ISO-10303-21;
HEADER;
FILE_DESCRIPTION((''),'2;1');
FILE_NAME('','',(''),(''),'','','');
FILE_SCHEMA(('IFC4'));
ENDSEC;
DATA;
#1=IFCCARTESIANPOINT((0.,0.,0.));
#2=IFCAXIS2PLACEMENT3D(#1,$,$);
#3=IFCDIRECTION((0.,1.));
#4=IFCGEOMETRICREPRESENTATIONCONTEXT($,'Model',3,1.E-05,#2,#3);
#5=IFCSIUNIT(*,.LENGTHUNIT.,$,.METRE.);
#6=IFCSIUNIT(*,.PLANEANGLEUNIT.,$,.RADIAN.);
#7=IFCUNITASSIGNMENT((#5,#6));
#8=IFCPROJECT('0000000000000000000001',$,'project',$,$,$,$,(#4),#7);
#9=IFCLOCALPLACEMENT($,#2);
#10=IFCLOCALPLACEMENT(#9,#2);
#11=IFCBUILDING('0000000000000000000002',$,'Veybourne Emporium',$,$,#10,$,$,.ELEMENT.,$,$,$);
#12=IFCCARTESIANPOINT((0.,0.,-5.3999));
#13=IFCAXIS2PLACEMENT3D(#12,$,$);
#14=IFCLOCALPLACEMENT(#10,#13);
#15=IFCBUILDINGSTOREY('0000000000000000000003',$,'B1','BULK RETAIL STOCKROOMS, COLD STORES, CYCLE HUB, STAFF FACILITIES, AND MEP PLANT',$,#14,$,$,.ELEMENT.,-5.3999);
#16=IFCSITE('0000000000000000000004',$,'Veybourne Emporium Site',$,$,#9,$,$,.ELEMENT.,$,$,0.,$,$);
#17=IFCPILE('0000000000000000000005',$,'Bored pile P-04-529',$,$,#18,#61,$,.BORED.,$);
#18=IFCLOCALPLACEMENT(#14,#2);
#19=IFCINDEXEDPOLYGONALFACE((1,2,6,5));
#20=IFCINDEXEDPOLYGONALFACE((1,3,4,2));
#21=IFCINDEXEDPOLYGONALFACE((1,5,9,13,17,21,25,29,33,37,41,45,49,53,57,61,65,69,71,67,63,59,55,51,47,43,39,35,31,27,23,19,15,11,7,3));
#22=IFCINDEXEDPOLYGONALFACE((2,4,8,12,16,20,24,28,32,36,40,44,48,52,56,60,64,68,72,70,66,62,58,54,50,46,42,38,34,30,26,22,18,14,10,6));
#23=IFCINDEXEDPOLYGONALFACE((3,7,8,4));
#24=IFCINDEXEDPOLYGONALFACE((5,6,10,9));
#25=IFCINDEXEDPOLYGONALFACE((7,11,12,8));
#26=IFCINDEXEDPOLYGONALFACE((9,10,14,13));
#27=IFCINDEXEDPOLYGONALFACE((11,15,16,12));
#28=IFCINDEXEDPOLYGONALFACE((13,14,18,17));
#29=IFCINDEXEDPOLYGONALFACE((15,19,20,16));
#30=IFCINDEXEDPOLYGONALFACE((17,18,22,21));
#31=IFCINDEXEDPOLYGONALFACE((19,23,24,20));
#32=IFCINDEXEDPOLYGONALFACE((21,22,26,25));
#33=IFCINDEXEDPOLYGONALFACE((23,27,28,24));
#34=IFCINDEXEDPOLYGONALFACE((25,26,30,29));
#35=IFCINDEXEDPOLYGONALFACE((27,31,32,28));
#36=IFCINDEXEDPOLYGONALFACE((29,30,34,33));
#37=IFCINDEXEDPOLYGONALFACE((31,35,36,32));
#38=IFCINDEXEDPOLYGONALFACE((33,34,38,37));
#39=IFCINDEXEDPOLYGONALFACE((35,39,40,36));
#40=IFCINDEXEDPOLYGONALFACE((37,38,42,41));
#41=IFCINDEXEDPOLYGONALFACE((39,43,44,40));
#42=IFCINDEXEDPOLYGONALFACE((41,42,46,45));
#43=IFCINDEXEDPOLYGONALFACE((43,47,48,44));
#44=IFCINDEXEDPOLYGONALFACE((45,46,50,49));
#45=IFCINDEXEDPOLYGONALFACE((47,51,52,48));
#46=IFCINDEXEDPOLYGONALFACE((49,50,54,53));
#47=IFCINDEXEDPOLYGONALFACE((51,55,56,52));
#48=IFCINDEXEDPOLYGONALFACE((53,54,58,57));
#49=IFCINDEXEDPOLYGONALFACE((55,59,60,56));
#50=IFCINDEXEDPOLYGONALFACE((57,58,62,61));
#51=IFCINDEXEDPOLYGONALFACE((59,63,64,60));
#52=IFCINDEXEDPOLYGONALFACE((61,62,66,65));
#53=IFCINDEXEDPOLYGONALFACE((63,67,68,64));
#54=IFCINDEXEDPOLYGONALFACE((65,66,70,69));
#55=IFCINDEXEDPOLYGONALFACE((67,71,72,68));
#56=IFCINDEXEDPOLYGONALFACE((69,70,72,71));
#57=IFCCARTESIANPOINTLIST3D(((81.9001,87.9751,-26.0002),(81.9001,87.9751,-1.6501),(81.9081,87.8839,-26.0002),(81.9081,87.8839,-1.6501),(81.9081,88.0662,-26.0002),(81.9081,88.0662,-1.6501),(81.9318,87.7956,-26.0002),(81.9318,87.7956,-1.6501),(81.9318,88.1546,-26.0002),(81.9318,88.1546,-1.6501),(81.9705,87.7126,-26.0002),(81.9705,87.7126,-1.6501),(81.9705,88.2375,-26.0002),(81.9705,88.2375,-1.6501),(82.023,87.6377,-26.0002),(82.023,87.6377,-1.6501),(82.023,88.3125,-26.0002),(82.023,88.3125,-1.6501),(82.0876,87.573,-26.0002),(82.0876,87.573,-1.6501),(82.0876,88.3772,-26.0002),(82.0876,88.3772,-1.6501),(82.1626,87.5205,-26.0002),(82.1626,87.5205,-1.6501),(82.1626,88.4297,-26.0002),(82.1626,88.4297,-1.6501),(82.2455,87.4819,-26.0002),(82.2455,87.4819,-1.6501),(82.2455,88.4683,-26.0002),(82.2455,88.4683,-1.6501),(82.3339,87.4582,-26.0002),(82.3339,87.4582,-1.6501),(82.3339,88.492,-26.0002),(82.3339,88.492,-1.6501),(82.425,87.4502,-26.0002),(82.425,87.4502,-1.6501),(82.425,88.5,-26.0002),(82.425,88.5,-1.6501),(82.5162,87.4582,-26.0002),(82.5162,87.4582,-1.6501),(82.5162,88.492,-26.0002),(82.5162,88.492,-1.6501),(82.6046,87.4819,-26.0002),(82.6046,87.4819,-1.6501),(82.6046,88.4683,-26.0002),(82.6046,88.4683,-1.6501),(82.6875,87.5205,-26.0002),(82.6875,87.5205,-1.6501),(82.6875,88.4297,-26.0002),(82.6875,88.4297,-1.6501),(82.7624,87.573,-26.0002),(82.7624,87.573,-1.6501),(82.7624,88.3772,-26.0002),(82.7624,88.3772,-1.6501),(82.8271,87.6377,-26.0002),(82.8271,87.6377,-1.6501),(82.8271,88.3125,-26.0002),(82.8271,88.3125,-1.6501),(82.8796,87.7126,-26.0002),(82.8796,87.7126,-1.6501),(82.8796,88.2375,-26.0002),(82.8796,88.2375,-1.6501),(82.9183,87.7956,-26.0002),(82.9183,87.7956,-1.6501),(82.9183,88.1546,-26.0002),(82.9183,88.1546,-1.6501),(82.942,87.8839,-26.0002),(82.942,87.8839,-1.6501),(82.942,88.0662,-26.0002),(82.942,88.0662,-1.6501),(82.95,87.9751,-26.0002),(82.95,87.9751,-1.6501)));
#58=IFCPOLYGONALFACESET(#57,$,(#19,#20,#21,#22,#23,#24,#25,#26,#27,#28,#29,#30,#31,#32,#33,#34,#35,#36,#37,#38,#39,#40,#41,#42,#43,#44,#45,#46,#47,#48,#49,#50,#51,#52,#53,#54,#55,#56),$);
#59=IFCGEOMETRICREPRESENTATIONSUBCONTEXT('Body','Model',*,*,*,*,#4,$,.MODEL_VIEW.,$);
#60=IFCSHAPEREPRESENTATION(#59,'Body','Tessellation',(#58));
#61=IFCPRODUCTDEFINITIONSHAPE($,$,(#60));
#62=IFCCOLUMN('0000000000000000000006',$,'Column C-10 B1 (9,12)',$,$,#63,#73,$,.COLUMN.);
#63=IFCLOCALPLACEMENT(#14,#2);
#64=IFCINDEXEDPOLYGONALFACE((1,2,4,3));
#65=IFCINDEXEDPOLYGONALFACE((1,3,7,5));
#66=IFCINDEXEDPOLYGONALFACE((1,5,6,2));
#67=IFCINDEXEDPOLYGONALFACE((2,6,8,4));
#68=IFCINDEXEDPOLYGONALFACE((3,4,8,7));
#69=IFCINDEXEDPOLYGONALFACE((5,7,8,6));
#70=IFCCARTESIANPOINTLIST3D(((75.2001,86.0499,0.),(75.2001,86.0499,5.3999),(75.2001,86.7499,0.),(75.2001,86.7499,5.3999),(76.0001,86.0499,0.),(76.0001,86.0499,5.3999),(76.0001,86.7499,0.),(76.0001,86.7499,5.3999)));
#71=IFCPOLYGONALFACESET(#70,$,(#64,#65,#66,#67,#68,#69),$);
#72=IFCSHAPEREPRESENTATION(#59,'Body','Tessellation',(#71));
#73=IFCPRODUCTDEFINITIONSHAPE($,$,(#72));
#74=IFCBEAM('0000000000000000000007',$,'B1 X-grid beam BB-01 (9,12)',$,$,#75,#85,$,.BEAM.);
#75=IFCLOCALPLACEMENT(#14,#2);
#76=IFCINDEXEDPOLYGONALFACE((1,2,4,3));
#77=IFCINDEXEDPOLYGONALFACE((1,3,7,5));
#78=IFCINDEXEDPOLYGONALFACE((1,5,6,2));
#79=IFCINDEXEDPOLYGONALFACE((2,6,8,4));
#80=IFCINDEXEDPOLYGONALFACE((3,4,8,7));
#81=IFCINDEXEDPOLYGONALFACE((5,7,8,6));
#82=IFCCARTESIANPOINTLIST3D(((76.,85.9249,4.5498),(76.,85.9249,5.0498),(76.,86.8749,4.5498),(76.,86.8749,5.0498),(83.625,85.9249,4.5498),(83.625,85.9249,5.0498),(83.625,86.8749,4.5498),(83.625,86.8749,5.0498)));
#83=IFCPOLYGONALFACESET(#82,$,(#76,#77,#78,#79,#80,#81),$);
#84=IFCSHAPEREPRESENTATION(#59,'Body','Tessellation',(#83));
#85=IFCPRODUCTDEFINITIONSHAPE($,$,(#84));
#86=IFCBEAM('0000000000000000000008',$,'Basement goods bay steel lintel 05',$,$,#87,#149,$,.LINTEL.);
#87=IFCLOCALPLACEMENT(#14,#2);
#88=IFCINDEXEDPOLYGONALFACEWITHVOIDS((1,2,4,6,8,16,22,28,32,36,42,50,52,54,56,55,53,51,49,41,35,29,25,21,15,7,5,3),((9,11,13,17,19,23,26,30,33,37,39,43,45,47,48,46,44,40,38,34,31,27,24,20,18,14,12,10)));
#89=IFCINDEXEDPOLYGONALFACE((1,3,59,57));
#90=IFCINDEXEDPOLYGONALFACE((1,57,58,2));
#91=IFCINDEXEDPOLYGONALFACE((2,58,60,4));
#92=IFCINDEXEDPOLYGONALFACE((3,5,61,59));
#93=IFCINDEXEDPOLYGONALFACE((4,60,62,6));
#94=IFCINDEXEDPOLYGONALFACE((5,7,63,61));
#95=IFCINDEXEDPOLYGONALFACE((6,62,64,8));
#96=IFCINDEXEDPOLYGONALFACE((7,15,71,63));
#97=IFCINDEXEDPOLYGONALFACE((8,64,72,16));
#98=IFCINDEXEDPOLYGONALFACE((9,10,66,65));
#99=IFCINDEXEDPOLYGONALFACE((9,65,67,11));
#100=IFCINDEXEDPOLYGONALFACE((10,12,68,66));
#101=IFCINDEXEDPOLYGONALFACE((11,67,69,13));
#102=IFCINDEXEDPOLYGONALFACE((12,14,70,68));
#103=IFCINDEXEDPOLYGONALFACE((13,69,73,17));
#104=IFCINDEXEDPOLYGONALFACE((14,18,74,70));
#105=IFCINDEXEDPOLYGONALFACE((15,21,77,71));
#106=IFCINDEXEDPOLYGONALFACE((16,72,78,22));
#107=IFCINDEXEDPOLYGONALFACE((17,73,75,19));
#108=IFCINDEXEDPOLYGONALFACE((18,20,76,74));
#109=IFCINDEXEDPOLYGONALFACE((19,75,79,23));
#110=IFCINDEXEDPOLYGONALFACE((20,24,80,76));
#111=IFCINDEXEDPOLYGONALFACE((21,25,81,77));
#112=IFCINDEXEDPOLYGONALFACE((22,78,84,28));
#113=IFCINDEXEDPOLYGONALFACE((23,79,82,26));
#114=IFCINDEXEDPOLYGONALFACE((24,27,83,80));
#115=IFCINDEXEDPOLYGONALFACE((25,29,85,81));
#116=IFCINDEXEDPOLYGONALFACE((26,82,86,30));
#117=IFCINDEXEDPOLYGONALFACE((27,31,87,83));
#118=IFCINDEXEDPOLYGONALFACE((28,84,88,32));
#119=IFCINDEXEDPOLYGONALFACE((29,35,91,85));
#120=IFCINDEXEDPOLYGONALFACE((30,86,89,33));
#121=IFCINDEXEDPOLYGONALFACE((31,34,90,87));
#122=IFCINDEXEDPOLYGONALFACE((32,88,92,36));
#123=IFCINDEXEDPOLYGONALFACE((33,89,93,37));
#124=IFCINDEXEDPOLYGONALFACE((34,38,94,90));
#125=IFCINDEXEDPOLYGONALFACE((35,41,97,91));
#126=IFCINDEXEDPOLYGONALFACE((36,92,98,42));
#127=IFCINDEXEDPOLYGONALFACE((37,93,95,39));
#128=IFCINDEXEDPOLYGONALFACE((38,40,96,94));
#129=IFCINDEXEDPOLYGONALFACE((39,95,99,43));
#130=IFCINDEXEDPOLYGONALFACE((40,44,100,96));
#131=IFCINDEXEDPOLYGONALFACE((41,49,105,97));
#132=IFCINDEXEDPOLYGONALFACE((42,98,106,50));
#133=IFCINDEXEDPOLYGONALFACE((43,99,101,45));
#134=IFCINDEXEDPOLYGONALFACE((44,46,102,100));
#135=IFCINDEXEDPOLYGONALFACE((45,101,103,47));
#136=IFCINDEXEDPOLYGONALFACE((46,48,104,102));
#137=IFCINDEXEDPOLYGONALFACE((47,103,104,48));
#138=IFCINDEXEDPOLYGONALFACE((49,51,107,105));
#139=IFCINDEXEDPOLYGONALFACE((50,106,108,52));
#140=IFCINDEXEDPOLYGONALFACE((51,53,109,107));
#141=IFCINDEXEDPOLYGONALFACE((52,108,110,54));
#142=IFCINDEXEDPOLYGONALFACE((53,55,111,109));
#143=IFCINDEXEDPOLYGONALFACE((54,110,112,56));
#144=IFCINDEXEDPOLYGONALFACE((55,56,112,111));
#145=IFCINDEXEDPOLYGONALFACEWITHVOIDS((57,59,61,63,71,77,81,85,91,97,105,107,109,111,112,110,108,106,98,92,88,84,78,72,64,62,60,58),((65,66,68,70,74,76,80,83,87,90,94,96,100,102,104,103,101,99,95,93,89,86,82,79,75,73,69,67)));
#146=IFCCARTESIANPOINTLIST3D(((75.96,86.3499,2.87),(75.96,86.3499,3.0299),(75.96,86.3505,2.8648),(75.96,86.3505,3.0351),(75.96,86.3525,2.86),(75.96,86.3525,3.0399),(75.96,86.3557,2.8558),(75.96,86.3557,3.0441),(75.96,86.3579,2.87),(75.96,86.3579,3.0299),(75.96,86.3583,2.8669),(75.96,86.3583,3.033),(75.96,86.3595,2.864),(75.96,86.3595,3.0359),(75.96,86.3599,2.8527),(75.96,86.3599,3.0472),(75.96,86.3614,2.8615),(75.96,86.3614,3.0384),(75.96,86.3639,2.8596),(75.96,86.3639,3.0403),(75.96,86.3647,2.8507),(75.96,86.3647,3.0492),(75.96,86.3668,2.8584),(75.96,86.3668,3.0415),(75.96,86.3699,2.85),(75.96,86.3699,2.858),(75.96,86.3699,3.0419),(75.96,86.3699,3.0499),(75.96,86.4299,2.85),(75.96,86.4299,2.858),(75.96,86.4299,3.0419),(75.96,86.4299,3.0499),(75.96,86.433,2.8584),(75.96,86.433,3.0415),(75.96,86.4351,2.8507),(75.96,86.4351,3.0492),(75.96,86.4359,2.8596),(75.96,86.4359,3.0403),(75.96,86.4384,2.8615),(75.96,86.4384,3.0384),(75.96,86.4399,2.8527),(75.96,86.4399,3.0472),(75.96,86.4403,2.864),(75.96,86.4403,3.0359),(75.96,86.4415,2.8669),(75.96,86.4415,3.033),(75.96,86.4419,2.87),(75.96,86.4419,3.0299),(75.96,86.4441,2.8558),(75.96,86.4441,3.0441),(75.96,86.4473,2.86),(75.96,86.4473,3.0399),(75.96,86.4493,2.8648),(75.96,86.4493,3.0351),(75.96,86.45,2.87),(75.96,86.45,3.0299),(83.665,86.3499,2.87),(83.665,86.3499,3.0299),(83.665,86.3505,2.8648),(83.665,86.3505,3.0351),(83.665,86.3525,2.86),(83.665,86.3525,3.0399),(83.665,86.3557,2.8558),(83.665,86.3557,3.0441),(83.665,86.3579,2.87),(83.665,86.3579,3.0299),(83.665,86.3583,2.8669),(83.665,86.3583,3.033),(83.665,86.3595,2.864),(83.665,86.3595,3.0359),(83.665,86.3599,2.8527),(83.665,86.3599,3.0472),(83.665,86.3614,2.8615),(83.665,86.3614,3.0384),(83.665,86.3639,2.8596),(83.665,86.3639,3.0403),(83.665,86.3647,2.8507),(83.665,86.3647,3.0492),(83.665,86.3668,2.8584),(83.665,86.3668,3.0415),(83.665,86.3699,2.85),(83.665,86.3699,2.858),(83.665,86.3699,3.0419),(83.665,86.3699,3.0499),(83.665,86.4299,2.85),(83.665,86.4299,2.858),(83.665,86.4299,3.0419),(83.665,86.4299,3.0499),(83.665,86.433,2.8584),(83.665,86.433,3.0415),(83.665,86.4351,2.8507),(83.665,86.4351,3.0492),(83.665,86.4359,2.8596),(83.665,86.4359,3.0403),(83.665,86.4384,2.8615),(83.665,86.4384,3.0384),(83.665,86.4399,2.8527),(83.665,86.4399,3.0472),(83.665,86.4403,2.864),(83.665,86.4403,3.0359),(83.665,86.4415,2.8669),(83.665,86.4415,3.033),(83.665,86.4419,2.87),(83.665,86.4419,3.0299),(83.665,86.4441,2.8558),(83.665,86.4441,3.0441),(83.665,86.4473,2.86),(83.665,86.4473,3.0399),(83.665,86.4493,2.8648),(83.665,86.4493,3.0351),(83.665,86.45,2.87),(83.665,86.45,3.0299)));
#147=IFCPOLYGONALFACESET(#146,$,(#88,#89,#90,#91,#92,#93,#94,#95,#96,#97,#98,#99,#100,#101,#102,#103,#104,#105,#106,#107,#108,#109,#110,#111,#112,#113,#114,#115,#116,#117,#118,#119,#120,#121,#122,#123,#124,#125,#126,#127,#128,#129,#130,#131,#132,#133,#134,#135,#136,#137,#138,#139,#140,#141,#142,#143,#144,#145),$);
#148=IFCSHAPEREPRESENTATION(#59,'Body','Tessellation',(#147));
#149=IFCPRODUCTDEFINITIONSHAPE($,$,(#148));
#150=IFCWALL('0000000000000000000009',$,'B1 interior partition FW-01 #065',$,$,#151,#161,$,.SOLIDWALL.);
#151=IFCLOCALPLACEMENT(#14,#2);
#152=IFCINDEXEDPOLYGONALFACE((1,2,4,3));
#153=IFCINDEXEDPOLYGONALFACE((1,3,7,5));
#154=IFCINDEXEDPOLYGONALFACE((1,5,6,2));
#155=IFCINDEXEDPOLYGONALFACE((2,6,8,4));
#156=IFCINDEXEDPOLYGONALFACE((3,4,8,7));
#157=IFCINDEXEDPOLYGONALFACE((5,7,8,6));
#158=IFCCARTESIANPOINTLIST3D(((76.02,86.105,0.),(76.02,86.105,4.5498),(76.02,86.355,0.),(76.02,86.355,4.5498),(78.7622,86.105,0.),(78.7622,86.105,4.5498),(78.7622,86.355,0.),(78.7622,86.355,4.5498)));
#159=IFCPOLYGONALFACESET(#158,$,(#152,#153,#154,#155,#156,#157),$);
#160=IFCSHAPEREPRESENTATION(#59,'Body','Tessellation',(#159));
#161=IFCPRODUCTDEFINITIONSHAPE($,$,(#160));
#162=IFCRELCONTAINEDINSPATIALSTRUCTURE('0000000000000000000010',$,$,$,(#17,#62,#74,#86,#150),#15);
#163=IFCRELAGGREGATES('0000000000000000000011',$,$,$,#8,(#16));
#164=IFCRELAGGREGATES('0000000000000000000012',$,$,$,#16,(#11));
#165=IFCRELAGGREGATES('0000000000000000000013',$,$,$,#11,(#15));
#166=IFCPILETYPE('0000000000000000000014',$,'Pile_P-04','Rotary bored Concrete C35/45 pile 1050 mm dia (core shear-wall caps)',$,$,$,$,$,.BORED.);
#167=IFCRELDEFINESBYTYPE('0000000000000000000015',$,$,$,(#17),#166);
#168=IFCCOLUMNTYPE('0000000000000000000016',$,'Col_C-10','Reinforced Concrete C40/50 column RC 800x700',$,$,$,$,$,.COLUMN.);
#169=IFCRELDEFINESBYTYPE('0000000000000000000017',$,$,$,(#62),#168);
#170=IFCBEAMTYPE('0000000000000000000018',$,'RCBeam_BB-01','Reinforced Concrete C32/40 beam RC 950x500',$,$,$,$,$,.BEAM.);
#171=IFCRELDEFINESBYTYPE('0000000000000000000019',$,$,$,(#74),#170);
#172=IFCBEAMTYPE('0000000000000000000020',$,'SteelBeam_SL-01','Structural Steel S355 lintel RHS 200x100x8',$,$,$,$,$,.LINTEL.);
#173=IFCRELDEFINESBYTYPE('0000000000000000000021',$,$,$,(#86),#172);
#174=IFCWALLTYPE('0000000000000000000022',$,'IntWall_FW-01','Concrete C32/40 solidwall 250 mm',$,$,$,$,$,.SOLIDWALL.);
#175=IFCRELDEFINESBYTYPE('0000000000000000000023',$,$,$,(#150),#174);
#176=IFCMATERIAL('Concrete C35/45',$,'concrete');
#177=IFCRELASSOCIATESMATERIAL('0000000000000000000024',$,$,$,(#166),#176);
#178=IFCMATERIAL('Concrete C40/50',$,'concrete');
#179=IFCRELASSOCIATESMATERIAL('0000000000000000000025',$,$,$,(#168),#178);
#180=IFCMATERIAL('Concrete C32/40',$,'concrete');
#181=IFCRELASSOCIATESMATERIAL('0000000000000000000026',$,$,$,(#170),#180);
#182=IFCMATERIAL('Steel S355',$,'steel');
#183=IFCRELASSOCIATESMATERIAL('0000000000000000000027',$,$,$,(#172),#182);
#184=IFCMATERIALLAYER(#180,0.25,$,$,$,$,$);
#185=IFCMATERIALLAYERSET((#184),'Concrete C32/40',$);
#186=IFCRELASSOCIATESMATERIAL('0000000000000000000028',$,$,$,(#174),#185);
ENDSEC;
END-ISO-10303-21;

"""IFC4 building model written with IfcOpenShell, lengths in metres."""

from ifc_helpers import new_model, si_unit, direction, frame, frame_2d, origin, origin_2d, place, context, subcontext, project, spatial, rectangle, hollow_rectangle, circle, extrude, material, layer, layer_set, material_profile, profile_set, type_object, element, save


model = new_model("IFC4")

# Units and contexts
model_context = context("Model", 3, precision=1e-05, world=origin(), true_north=direction((0.0, 1.0)))
body_context = subcontext(model_context, "Body", "Model", "MODEL_VIEW")
ifc_project = project(units=[si_unit("LENGTHUNIT", "METRE"), si_unit("PLANEANGLEUNIT", "RADIAN")], contexts=[model_context])

# Site, building, storey
site_placement = place(None, origin())
site = spatial("IfcSite", under=ifc_project, at=site_placement, Name="Veybourne Emporium Site", CompositionType="ELEMENT", RefElevation=0.0)
building_placement = place(site_placement, origin())
building = spatial("IfcBuilding", under=site, at=building_placement, Name="Veybourne Emporium", CompositionType="ELEMENT")
storey_placement = place(building_placement, frame((0.0, 0.0, -5.3999)))
storey = spatial("IfcBuildingStorey", under=building, at=storey_placement, Name="B1", Description="BULK RETAIL STOCKROOMS, COLD STORES, CYCLE HUB, STAFF FACILITIES, AND MEP PLANT", CompositionType="ELEMENT", Elevation=-5.3999)

# Shared definitions
ifc_material_1 = material(Name="Concrete C35/45", Category="concrete")

# Pile
ifc_material_profile_1 = material_profile(ifc_material_1, circle(Radius=0.5249, at=origin_2d()), Name="BORED PILE 1050")
ifc_profile_set_1 = profile_set([ifc_material_profile_1], Name="Concrete C35/45")
pile_type = type_object("IfcPileType", Name="Pile_P-04", Description="Rotary bored Concrete C35/45 pile 1050 mm dia (core shear-wall caps)", PredefinedType="BORED", material=ifc_profile_set_1)
for number, where, z_axis, x_axis, name in (
    (1, (82.425, 87.9751, -1.6501), (0.0, 0.0, -1.0), (1.0, 0.0, 0.0), "Bored pile P-04-529"),
):
    element("IfcPile", number, at=place(storey_placement, frame(where, z_axis=z_axis, x_axis=x_axis)), inside=storey, type_object=pile_type, Name=name, PredefinedType="BORED", context=body_context, shape_type="SweptSolid", body=[
        extrude(circle(Radius=0.5249, at=origin_2d()), origin(), (0.0, 0.0, 1.0), 24.3501),
    ])

# Column
ifc_material_2 = material(Name="Concrete C40/50", Category="concrete")
ifc_material_profile_2 = material_profile(ifc_material_2, rectangle(XDim=0.8, YDim=0.7, at=origin_2d()), Name="RC 800x700")
ifc_profile_set_2 = profile_set([ifc_material_profile_2], Name="Concrete C40/50")
column_type = type_object("IfcColumnType", Name="Col_C-10", Description="Reinforced Concrete C40/50 column RC 800x700", PredefinedType="COLUMN", material=ifc_profile_set_2)
column_placement = place(storey_placement, frame((75.6001, 86.3999, 0.0), z_axis=(0.0, 0.0, 1.0), x_axis=(1.0, 0.0, 0.0)))
element("IfcColumn", 2, at=column_placement, inside=storey, type_object=column_type, Name="Column C-10 B1 (9,12)", PredefinedType="COLUMN", context=body_context, shape_type="SweptSolid", body=[
    extrude(rectangle(XDim=0.8, YDim=0.7, at=origin_2d()), origin(), (0.0, 0.0, 1.0), 5.3999),
])

# Beams
ifc_material_3 = material(Name="Concrete C32/40", Category="concrete")
ifc_material_profile_3 = material_profile(ifc_material_3, rectangle(XDim=0.95, YDim=0.5, at=origin_2d()), Name="RC 950x500")
ifc_profile_set_3 = profile_set([ifc_material_profile_3], Name="Concrete C32/40")
beam_type_1 = type_object("IfcBeamType", Name="RCBeam_BB-01", Description="Reinforced Concrete C32/40 beam RC 950x500", PredefinedType="BEAM", material=ifc_profile_set_3)
beam_1_placement = place(storey_placement, frame((76.0, 86.3999, 4.7998), z_axis=(1.0, 0.0, 0.0), x_axis=(0.0, 1.0, 0.0)))
element("IfcBeam", 3, at=beam_1_placement, inside=storey, type_object=beam_type_1, Name="B1 X-grid beam BB-01 (9,12)", PredefinedType="BEAM", context=body_context, shape_type="SweptSolid", body=[
    extrude(rectangle(XDim=0.95, YDim=0.5, at=origin_2d()), origin(), (0.0, 0.0, 1.0), 7.625),
])
ifc_material_4 = material(Name="Steel S355", Category="steel")
ifc_material_profile_4 = material_profile(ifc_material_4, hollow_rectangle(XDim=0.1001, YDim=0.2, WallThickness=0.0081, InnerFilletRadius=0.012, OuterFilletRadius=0.02, at=origin_2d()), Name="RHS 200x100x8")
ifc_profile_set_4 = profile_set([ifc_material_profile_4], Name="Steel S355")
beam_type_2 = type_object("IfcBeamType", Name="SteelBeam_SL-01", Description="Structural Steel S355 lintel RHS 200x100x8", PredefinedType="LINTEL", material=ifc_profile_set_4)
beam_2_placement = place(storey_placement, frame((75.96, 86.3999, 2.95), z_axis=(1.0, 0.0, 0.0), x_axis=(0.0, 1.0, 0.0)))
element("IfcBeam", 4, at=beam_2_placement, inside=storey, type_object=beam_type_2, Name="Basement goods bay steel lintel 05", PredefinedType="LINTEL", context=body_context, shape_type="SweptSolid", body=[
    extrude(hollow_rectangle(XDim=0.1001, YDim=0.2, WallThickness=0.0081, InnerFilletRadius=0.012, OuterFilletRadius=0.02, at=origin_2d()), origin(), (0.0, 0.0, 1.0), 7.7051),
])

# Shared definitions
ifc_layer = layer(ifc_material_3, 0.25)
ifc_layer_set = layer_set([ifc_layer], Name="Concrete C32/40")
wall_type = type_object("IfcWallType", Name="IntWall_FW-01", Description="Concrete C32/40 solidwall 250 mm", PredefinedType="SOLIDWALL", material=ifc_layer_set)

# Wall
wall_1_placement = place(storey_placement, frame((76.02, 86.23, 0.0), z_axis=(0.0, 0.0, 1.0), x_axis=(1.0, 0.0, 0.0)))
element("IfcWall", 5, at=wall_1_placement, inside=storey, type_object=wall_type, Name="B1 interior partition FW-01 #065", PredefinedType="SOLIDWALL", context=body_context, shape_type="SweptSolid", body=[
    extrude(rectangle(XDim=2.7422, YDim=0.25, at=frame_2d((1.3711, 0.0))), origin(), (0.0, 0.0, 1.0), 4.5498),
])

save(model, "model.ifc")
